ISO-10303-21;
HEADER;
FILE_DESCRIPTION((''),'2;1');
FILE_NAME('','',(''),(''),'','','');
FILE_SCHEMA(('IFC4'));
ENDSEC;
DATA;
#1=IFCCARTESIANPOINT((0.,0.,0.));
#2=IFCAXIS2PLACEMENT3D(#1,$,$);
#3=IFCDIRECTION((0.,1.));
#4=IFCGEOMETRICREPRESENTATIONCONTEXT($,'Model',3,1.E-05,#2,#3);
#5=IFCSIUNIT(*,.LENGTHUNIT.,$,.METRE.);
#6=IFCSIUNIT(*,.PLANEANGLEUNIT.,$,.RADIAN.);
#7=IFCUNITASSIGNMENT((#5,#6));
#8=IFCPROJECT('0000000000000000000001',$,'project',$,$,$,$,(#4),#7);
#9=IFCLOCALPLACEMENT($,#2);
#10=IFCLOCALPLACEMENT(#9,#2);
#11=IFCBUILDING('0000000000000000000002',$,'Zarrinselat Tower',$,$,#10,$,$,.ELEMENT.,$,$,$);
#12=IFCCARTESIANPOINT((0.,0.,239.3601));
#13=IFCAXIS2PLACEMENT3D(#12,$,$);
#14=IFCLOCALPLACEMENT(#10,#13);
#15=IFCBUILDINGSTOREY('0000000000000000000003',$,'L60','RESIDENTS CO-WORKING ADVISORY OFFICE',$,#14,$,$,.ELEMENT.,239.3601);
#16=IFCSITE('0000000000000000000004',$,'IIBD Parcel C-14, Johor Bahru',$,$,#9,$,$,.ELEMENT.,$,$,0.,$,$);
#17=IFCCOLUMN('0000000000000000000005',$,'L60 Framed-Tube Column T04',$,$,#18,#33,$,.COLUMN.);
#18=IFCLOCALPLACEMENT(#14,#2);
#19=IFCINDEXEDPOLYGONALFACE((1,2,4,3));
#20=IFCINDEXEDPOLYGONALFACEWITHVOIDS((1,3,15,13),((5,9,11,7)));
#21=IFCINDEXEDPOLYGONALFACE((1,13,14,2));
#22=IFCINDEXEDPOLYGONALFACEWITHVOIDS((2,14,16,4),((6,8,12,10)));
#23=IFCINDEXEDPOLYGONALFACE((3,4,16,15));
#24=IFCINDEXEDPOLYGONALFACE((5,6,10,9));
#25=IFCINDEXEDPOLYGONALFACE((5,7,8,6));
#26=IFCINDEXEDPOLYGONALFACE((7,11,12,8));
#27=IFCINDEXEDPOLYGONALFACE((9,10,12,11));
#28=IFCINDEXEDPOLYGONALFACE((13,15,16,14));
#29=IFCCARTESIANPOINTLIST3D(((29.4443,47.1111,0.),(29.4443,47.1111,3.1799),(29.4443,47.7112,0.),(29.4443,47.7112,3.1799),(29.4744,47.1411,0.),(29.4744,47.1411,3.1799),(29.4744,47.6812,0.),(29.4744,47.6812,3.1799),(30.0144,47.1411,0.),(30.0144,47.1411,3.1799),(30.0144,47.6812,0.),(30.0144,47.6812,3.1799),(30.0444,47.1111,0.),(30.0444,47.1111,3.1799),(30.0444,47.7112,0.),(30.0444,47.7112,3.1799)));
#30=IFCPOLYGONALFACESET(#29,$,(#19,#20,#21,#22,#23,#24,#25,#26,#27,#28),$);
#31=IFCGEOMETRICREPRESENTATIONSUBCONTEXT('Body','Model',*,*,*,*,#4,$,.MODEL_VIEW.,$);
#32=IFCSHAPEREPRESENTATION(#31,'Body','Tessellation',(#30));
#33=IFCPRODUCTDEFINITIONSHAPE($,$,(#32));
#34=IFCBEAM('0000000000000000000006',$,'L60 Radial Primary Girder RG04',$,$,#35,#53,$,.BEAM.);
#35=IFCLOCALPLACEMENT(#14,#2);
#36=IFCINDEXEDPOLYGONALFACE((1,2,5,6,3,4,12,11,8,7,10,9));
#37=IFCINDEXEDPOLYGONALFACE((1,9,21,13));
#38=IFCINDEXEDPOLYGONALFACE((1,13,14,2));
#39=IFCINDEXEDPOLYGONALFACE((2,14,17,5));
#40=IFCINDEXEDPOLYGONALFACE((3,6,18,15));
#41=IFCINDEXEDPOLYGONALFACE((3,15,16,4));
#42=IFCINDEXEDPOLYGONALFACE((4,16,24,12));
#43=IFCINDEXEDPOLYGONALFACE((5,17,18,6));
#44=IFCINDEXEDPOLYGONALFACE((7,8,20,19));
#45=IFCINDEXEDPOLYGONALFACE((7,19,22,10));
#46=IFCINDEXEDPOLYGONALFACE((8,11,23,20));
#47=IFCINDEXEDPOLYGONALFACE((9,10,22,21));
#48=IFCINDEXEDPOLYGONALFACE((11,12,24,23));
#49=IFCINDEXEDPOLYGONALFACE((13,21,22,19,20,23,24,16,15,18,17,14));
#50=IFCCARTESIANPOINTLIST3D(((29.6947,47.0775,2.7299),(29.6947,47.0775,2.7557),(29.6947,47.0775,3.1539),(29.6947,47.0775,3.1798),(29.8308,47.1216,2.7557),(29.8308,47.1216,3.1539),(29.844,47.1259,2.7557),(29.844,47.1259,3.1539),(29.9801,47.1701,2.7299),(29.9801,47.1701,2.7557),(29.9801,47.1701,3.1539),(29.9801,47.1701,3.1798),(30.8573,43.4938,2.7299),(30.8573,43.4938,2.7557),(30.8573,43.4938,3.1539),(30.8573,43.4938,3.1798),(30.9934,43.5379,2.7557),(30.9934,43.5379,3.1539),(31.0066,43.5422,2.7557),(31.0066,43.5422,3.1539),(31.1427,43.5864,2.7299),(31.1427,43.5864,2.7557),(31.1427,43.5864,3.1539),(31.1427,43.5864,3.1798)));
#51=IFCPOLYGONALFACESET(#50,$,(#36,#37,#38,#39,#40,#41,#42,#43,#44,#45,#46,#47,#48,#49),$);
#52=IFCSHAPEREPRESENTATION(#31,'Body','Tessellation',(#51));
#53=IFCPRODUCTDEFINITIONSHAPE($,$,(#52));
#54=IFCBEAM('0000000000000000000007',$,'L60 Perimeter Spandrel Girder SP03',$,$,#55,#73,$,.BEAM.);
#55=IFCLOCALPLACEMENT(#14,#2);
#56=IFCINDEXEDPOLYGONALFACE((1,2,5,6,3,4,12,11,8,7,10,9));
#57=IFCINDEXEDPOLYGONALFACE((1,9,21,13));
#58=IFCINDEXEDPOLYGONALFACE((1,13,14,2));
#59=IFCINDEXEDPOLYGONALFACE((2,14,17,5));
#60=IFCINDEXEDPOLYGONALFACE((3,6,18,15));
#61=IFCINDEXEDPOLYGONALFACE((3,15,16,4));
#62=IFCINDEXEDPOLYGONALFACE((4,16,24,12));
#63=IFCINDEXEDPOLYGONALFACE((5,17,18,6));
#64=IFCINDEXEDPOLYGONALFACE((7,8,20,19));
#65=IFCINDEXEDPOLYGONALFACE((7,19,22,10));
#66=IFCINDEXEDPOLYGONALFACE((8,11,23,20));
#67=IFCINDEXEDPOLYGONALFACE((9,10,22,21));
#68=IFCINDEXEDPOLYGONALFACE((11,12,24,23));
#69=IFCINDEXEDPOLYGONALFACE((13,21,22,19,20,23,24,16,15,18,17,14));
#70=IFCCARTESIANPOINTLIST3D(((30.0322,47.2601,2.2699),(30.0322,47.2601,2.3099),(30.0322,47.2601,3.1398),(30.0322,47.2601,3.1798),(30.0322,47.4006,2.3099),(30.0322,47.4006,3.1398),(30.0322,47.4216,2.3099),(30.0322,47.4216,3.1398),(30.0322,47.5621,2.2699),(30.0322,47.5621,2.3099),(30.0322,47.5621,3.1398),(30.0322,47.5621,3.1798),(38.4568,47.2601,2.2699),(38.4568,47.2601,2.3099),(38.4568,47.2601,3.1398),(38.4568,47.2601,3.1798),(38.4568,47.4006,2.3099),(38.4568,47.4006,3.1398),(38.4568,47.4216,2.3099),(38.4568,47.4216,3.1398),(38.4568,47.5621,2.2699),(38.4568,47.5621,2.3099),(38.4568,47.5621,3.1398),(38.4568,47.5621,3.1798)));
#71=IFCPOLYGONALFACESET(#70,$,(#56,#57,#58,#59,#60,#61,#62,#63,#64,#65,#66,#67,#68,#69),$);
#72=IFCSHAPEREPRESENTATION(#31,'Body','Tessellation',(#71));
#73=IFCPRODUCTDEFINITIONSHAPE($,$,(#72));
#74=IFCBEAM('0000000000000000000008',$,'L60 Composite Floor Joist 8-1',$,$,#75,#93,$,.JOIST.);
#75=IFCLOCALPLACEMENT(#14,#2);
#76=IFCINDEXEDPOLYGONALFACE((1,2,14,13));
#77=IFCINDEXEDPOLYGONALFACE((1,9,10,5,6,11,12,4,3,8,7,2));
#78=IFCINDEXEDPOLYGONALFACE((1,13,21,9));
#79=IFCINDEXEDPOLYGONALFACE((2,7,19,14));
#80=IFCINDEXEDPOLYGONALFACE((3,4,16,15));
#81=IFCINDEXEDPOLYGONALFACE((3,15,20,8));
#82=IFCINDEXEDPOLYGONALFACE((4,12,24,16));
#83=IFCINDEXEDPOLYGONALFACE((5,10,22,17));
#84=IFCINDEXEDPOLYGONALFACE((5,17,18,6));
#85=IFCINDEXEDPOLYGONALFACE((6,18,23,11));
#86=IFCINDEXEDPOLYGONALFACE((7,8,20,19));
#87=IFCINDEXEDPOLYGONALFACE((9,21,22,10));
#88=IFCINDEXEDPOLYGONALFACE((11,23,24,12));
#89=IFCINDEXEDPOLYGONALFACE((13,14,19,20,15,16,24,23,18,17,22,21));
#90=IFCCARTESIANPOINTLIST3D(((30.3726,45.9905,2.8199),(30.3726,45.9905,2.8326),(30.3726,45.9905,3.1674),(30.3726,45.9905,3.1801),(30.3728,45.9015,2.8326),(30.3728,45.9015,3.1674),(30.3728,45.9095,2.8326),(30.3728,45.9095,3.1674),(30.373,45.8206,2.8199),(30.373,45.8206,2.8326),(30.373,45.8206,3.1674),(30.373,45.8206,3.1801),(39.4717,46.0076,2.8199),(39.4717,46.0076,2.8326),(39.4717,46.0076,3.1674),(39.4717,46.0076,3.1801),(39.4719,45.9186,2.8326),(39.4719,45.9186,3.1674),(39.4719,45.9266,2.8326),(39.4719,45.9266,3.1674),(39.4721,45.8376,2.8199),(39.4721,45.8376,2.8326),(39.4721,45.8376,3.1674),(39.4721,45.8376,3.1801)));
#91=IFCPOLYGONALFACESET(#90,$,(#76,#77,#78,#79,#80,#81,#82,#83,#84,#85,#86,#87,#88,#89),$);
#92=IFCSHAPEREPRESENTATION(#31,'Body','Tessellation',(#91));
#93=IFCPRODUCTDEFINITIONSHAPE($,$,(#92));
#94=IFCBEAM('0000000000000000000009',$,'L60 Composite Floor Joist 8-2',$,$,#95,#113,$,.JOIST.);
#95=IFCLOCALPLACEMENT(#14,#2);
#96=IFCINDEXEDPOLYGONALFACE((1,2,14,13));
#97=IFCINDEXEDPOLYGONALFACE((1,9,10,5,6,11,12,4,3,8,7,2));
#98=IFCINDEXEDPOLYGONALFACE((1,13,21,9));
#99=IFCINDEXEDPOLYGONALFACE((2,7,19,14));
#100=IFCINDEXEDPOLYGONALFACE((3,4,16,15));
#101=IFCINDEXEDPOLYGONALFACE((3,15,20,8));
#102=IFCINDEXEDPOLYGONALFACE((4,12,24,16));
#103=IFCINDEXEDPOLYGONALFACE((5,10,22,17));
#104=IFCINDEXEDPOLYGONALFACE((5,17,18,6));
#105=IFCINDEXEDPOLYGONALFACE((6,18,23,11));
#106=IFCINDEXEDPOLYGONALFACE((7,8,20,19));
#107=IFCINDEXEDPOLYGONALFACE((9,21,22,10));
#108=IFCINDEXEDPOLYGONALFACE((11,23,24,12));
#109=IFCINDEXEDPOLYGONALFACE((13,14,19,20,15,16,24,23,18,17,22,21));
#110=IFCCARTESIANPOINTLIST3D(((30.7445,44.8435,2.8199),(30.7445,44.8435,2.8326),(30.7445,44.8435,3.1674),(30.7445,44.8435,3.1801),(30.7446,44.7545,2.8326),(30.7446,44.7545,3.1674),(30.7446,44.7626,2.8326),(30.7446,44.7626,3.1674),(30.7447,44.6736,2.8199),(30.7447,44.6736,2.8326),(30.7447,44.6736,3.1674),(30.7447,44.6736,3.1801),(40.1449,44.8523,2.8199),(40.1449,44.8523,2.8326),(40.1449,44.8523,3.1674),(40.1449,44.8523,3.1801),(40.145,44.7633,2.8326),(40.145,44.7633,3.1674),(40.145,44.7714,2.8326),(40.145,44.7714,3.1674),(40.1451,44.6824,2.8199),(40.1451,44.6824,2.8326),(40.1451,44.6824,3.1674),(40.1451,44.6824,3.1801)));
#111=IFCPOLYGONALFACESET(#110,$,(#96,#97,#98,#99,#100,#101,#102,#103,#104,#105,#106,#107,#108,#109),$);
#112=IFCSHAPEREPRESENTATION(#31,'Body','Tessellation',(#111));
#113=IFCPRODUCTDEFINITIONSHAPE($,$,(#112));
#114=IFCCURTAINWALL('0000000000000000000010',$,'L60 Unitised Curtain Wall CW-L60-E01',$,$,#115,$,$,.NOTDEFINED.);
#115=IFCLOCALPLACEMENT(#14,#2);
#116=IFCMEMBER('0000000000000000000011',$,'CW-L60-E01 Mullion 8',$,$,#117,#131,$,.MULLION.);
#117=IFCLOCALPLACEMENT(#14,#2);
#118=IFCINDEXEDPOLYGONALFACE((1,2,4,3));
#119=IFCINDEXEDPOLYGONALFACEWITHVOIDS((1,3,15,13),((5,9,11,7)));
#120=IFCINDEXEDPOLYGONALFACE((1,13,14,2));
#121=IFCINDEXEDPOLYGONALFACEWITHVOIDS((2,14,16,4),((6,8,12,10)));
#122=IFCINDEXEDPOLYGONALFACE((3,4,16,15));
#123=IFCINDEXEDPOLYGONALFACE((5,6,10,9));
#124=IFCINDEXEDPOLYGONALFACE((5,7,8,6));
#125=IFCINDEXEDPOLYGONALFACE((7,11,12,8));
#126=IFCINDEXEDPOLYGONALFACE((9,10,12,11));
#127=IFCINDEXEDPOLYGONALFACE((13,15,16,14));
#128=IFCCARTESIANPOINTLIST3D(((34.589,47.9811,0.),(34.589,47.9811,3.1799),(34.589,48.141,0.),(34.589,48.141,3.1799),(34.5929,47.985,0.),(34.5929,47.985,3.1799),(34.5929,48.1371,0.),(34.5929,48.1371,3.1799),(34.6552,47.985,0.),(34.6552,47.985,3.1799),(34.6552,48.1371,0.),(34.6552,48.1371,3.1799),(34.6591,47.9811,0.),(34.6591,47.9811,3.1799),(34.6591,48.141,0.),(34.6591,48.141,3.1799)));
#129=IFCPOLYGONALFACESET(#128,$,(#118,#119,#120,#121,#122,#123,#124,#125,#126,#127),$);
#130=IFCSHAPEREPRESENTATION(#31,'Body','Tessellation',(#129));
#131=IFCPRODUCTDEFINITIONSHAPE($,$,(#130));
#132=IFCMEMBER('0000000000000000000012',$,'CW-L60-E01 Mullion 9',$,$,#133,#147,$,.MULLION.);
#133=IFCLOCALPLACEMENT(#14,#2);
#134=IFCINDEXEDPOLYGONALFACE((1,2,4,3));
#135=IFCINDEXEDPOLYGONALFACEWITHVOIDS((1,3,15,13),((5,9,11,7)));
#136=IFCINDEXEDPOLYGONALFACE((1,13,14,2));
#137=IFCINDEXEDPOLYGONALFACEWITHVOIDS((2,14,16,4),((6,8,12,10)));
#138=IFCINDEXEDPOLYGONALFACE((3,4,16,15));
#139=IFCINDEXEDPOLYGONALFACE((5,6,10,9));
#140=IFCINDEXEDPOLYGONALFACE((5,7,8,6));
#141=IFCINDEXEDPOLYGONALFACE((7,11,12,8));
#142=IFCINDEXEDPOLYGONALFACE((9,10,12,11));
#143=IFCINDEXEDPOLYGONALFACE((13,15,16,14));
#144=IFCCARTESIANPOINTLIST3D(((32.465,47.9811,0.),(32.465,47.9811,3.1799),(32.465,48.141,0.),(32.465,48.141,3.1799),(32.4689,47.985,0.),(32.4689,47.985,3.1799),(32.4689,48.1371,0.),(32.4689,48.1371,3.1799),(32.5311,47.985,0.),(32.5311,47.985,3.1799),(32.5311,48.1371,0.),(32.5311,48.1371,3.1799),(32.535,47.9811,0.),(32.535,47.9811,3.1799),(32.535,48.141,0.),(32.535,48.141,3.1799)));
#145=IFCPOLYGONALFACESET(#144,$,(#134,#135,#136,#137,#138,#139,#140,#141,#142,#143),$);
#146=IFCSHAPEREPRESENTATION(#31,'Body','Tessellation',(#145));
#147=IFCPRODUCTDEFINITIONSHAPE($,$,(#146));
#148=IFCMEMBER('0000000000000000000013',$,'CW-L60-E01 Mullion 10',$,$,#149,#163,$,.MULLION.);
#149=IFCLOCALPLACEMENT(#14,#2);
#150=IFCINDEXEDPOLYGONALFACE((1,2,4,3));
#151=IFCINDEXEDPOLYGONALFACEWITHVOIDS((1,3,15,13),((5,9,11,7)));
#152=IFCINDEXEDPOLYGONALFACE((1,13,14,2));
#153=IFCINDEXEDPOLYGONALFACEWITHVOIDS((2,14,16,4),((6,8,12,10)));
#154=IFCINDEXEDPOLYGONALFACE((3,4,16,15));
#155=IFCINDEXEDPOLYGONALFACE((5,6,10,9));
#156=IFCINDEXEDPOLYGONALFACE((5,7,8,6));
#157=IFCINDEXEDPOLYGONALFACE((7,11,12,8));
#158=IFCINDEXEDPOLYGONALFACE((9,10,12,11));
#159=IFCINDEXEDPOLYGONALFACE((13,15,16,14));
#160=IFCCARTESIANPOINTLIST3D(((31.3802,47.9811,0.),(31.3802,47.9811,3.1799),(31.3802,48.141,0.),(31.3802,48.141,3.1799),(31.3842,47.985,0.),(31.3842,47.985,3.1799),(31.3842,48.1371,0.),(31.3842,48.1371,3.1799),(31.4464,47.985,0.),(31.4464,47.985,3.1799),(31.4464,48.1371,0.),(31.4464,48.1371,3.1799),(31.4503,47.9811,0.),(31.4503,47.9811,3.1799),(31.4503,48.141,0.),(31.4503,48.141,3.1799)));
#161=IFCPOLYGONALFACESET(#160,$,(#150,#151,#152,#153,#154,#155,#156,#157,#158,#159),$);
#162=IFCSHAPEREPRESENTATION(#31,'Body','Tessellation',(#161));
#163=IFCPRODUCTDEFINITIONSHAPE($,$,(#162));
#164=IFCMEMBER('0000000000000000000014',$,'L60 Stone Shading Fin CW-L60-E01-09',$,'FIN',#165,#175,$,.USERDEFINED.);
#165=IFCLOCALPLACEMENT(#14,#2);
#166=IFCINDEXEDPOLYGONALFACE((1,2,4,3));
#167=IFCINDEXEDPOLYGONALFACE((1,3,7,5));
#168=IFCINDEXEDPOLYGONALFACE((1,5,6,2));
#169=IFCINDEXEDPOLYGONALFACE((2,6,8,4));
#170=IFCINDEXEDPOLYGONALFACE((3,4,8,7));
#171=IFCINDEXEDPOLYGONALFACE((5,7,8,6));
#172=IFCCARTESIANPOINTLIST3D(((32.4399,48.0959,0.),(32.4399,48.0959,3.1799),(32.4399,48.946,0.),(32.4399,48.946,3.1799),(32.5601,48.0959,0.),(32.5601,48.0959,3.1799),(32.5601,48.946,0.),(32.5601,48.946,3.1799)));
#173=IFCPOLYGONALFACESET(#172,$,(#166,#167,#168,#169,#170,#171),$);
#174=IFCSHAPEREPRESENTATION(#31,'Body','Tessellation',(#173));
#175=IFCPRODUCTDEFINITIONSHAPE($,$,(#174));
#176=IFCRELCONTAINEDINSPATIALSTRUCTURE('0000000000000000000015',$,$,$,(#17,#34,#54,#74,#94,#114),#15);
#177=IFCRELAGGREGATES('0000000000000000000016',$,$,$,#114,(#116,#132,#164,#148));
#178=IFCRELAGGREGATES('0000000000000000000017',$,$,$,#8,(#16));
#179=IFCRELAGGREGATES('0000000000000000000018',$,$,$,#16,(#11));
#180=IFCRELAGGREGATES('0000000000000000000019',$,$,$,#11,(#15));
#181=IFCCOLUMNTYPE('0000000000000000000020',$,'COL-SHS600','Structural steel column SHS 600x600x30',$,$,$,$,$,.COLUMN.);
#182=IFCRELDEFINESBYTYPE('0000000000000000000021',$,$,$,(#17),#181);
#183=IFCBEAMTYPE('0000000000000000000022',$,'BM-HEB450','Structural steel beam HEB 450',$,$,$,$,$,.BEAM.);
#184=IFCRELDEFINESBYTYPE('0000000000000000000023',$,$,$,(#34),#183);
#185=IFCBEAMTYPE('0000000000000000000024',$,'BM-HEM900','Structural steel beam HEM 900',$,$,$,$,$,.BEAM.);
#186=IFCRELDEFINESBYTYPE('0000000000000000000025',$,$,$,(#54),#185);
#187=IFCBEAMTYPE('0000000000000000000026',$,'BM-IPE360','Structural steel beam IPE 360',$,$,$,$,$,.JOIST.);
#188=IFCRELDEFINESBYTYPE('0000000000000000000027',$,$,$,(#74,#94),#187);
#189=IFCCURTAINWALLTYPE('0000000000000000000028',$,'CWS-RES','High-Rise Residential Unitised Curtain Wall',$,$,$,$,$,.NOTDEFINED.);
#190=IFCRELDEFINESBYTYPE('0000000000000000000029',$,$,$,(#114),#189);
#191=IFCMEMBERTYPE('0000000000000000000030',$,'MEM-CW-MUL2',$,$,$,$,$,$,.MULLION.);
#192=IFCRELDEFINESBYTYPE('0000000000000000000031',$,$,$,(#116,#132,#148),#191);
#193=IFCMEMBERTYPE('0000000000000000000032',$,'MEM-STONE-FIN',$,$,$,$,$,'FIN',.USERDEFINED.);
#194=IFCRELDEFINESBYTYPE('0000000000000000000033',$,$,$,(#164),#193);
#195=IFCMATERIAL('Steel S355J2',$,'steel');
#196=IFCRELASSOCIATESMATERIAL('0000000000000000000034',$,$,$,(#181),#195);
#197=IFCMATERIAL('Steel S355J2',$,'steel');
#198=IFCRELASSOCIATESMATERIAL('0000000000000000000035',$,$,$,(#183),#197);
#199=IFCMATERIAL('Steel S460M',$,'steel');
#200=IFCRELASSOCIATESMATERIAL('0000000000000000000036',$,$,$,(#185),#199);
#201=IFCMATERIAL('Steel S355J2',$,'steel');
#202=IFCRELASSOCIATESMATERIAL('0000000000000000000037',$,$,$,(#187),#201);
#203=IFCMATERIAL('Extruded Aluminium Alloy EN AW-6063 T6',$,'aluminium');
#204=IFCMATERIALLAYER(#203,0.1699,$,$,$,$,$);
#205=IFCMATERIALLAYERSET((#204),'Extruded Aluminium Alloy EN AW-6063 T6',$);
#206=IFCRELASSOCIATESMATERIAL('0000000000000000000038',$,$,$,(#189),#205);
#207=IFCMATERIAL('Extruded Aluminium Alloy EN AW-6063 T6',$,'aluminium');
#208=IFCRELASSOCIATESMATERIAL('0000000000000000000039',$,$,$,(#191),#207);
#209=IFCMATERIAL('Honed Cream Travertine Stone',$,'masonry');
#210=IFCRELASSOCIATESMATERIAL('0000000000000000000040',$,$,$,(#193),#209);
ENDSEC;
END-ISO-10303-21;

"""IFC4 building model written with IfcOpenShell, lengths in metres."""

from ifc_helpers import new_model, si_unit, direction, frame, origin, origin_2d, place, context, subcontext, project, spatial, rectangle, hollow_rectangle, i_section, extrude, material, layer, layer_set, material_profile, profile_set, type_object, element, aggregate, save


model = new_model("IFC4")

# Units and contexts
model_context = context("Model", 3, precision=1e-05, world=origin(), true_north=direction((0.0, 1.0)))
body_context = subcontext(model_context, "Body", "Model", "MODEL_VIEW")
ifc_project = project(units=[si_unit("LENGTHUNIT", "METRE"), si_unit("PLANEANGLEUNIT", "RADIAN")], contexts=[model_context])

# Site, building, storey
site_placement = place(None, origin())
site = spatial("IfcSite", under=ifc_project, at=site_placement, Name="IIBD Parcel C-14, Johor Bahru", CompositionType="ELEMENT", RefElevation=0.0)
building_placement = place(site_placement, origin())
building = spatial("IfcBuilding", under=site, at=building_placement, Name="Zarrinselat Tower", CompositionType="ELEMENT")
storey_placement = place(building_placement, frame((0.0, 0.0, 239.3601)))
storey = spatial("IfcBuildingStorey", under=building, at=storey_placement, Name="L60", Description="RESIDENTS CO-WORKING ADVISORY OFFICE", CompositionType="ELEMENT", Elevation=239.3601)

# Column
ifc_material_1 = material(Name="Steel S355J2", Category="steel")
ifc_material_profile_1 = material_profile(ifc_material_1, hollow_rectangle(XDim=0.6001, YDim=0.6001, WallThickness=0.03, at=origin_2d()), Name="SHS 600x600x30")
ifc_profile_set_1 = profile_set([ifc_material_profile_1], Name="Steel S355J2")
column_type = type_object("IfcColumnType", Name="COL-SHS600", Description="Structural steel column SHS 600x600x30", PredefinedType="COLUMN", material=ifc_profile_set_1)
column_placement = place(storey_placement, frame((29.7444, 47.4111, 0.0), z_axis=(0.0, 0.0, 1.0), x_axis=(1.0, 0.0, 0.0)))
element("IfcColumn", 1, at=column_placement, inside=storey, type_object=column_type, Name="L60 Framed-Tube Column T04", PredefinedType="COLUMN", context=body_context, shape_type="SweptSolid", body=[
    extrude(hollow_rectangle(XDim=0.6001, YDim=0.6001, WallThickness=0.03, at=origin_2d()), origin(), (0.0, 0.0, 1.0), 3.1799),
])

# Beams
ifc_material_2 = material(Name="Steel S355J2", Category="steel")
ifc_material_profile_2 = material_profile(ifc_material_2, i_section(OverallWidth=0.3, OverallDepth=0.45, WebThickness=0.0139, FlangeThickness=0.0259, at=origin_2d()), Name="HEB 450")
ifc_profile_set_2 = profile_set([ifc_material_profile_2], Name="Steel S355J2")
beam_type_1 = type_object("IfcBeamType", Name="BM-HEB450", Description="Structural steel beam HEB 450", PredefinedType="BEAM", material=ifc_profile_set_2)
beam_1_placement = place(storey_placement, frame((29.8374, 47.1238, 2.9548), z_axis=(0.308578, -0.951199, 0.0), x_axis=(0.951199, 0.308578, 0.0)))
element("IfcBeam", 2, at=beam_1_placement, inside=storey, type_object=beam_type_1, Name="L60 Radial Primary Girder RG04", PredefinedType="BEAM", context=body_context, shape_type="SweptSolid", body=[
    extrude(i_section(OverallWidth=0.3, OverallDepth=0.45, WebThickness=0.0139, FlangeThickness=0.0259, at=origin_2d()), origin(), (0.0, 0.0, 1.0), 3.7676),
])
ifc_material_3 = material(Name="Steel S460M", Category="steel")
ifc_material_profile_3 = material_profile(ifc_material_3, i_section(OverallWidth=0.302, OverallDepth=0.9099, WebThickness=0.021, FlangeThickness=0.04, at=origin_2d()), Name="HEM 900")
ifc_profile_set_3 = profile_set([ifc_material_profile_3], Name="Steel S460M")
beam_type_2 = type_object("IfcBeamType", Name="BM-HEM900", Description="Structural steel beam HEM 900", PredefinedType="BEAM", material=ifc_profile_set_3)
beam_2_placement = place(storey_placement, frame((30.0322, 47.4111, 2.7249), z_axis=(1.0, 0.0, 0.0), x_axis=(0.0, 1.0, 0.0)))
element("IfcBeam", 3, at=beam_2_placement, inside=storey, type_object=beam_type_2, Name="L60 Perimeter Spandrel Girder SP03", PredefinedType="BEAM", context=body_context, shape_type="SweptSolid", body=[
    extrude(i_section(OverallWidth=0.302, OverallDepth=0.9099, WebThickness=0.021, FlangeThickness=0.04, at=origin_2d()), origin(), (0.0, 0.0, 1.0), 8.4246),
])
ifc_material_4 = material(Name="Steel S355J2", Category="steel")
ifc_material_profile_4 = material_profile(ifc_material_4, i_section(OverallWidth=0.1699, OverallDepth=0.3601, WebThickness=0.0081, FlangeThickness=0.0127, at=origin_2d()), Name="IPE 360")
ifc_profile_set_4 = profile_set([ifc_material_profile_4], Name="Steel S355J2")
beam_type_3 = type_object("IfcBeamType", Name="BM-IPE360", Description="Structural steel beam IPE 360", PredefinedType="JOIST", material=ifc_profile_set_4)
beam_3_placement = place(storey_placement, frame((30.3728, 45.9055, 3.0), z_axis=(0.999998, 0.001878, 0.0), x_axis=(-0.001878, 0.999998, 0.0)))
element("IfcBeam", 4, at=beam_3_placement, inside=storey, type_object=beam_type_3, Name="L60 Composite Floor Joist 8-1", PredefinedType="JOIST", context=body_context, shape_type="SweptSolid", body=[
    extrude(i_section(OverallWidth=0.1699, OverallDepth=0.3601, WebThickness=0.0081, FlangeThickness=0.0127, at=origin_2d()), origin(), (0.0, 0.0, 1.0), 9.0991),
])
beam_4_placement = place(storey_placement, frame((30.7446, 44.7585, 3.0), z_axis=(1.0, 0.000935, 0.0), x_axis=(-0.000935, 1.0, 0.0)))
element("IfcBeam", 5, at=beam_4_placement, inside=storey, type_object=beam_type_3, Name="L60 Composite Floor Joist 8-2", PredefinedType="JOIST", context=body_context, shape_type="SweptSolid", body=[
    extrude(i_section(OverallWidth=0.1699, OverallDepth=0.3601, WebThickness=0.0081, FlangeThickness=0.0127, at=origin_2d()), origin(), (0.0, 0.0, 1.0), 9.4004),
])

# Curtain wall, members
ifc_material_5 = material(Name="Extruded Aluminium Alloy EN AW-6063 T6", Category="aluminium")
ifc_layer_1 = layer(ifc_material_5, 0.1699)
ifc_layer_set_1 = layer_set([ifc_layer_1], Name="Extruded Aluminium Alloy EN AW-6063 T6")
curtain_wall_type = type_object("IfcCurtainWallType", Name="CWS-RES", Description="High-Rise Residential Unitised Curtain Wall", PredefinedType="NOTDEFINED", material=ifc_layer_set_1)
curtain_wall_placement = place(storey_placement, origin())
curtain_wall = element("IfcCurtainWall", 6, at=curtain_wall_placement, inside=storey, type_object=curtain_wall_type, Name="L60 Unitised Curtain Wall CW-L60-E01", PredefinedType="NOTDEFINED")
ifc_material_6 = material(Name="Extruded Aluminium Alloy EN AW-6063 T6", Category="aluminium")
ifc_material_profile_5 = material_profile(ifc_material_6, hollow_rectangle(XDim=0.0701, YDim=0.1599, WallThickness=0.0039, at=origin_2d()), Name="RHS 160x70x4")
ifc_profile_set_5 = profile_set([ifc_material_profile_5], Name="Extruded Aluminium Alloy EN AW-6063 T6")
member_type_1 = type_object("IfcMemberType", Name="MEM-CW-MUL2", PredefinedType="MULLION", material=ifc_profile_set_5)
member_1_placement = place(storey_placement, frame((34.624, 48.061, 0.0), z_axis=(0.0, 0.0, 1.0), x_axis=(-1.0, 0.0, 0.0)))
member_1 = element("IfcMember", 7, at=member_1_placement, type_object=member_type_1, Name="CW-L60-E01 Mullion 8", PredefinedType="MULLION", context=body_context, shape_type="SweptSolid", body=[
    extrude(hollow_rectangle(XDim=0.0701, YDim=0.1599, WallThickness=0.0039, at=origin_2d()), origin(), (0.0, 0.0, 1.0), 3.1799),
])
member_2_placement = place(storey_placement, frame((32.5, 48.061, 0.0), z_axis=(0.0, 0.0, 1.0), x_axis=(-1.0, 0.0, 0.0)))
member_2 = element("IfcMember", 8, at=member_2_placement, type_object=member_type_1, Name="CW-L60-E01 Mullion 9", PredefinedType="MULLION", context=body_context, shape_type="SweptSolid", body=[
    extrude(hollow_rectangle(XDim=0.0701, YDim=0.1599, WallThickness=0.0039, at=origin_2d()), origin(), (0.0, 0.0, 1.0), 3.1799),
])
member_3_placement = place(storey_placement, frame((31.4153, 48.061, 0.0), z_axis=(0.0, 0.0, 1.0), x_axis=(-1.0, 0.0, 0.0)))
member_3 = element("IfcMember", 9, at=member_3_placement, type_object=member_type_1, Name="CW-L60-E01 Mullion 10", PredefinedType="MULLION", context=body_context, shape_type="SweptSolid", body=[
    extrude(hollow_rectangle(XDim=0.0701, YDim=0.1599, WallThickness=0.0039, at=origin_2d()), origin(), (0.0, 0.0, 1.0), 3.1799),
])
ifc_material_7 = material(Name="Honed Cream Travertine Stone", Category="masonry")
ifc_material_profile_6 = material_profile(ifc_material_7, rectangle(XDim=0.1201, YDim=0.8501, at=origin_2d()), Name="FIN 850x120")
ifc_profile_set_6 = profile_set([ifc_material_profile_6], Name="Honed Cream Travertine Stone")
member_type_2 = type_object("IfcMemberType", Name="MEM-STONE-FIN", ElementType="FIN", PredefinedType="USERDEFINED", material=ifc_profile_set_6)
member_4_placement = place(storey_placement, frame((32.5, 48.521, 0.0), z_axis=(0.0, 0.0, 1.0), x_axis=(1.0, 0.0, 0.0)))
member_4 = element("IfcMember", 10, at=member_4_placement, type_object=member_type_2, Name="L60 Stone Shading Fin CW-L60-E01-09", ObjectType="FIN", PredefinedType="USERDEFINED", context=body_context, shape_type="SweptSolid", body=[
    extrude(rectangle(XDim=0.1201, YDim=0.8501, at=origin_2d()), origin(), (0.0, 0.0, 1.0), 3.1799),
])
aggregate(curtain_wall, [member_1, member_2, member_4, member_3])

save(model, "model.ifc")
